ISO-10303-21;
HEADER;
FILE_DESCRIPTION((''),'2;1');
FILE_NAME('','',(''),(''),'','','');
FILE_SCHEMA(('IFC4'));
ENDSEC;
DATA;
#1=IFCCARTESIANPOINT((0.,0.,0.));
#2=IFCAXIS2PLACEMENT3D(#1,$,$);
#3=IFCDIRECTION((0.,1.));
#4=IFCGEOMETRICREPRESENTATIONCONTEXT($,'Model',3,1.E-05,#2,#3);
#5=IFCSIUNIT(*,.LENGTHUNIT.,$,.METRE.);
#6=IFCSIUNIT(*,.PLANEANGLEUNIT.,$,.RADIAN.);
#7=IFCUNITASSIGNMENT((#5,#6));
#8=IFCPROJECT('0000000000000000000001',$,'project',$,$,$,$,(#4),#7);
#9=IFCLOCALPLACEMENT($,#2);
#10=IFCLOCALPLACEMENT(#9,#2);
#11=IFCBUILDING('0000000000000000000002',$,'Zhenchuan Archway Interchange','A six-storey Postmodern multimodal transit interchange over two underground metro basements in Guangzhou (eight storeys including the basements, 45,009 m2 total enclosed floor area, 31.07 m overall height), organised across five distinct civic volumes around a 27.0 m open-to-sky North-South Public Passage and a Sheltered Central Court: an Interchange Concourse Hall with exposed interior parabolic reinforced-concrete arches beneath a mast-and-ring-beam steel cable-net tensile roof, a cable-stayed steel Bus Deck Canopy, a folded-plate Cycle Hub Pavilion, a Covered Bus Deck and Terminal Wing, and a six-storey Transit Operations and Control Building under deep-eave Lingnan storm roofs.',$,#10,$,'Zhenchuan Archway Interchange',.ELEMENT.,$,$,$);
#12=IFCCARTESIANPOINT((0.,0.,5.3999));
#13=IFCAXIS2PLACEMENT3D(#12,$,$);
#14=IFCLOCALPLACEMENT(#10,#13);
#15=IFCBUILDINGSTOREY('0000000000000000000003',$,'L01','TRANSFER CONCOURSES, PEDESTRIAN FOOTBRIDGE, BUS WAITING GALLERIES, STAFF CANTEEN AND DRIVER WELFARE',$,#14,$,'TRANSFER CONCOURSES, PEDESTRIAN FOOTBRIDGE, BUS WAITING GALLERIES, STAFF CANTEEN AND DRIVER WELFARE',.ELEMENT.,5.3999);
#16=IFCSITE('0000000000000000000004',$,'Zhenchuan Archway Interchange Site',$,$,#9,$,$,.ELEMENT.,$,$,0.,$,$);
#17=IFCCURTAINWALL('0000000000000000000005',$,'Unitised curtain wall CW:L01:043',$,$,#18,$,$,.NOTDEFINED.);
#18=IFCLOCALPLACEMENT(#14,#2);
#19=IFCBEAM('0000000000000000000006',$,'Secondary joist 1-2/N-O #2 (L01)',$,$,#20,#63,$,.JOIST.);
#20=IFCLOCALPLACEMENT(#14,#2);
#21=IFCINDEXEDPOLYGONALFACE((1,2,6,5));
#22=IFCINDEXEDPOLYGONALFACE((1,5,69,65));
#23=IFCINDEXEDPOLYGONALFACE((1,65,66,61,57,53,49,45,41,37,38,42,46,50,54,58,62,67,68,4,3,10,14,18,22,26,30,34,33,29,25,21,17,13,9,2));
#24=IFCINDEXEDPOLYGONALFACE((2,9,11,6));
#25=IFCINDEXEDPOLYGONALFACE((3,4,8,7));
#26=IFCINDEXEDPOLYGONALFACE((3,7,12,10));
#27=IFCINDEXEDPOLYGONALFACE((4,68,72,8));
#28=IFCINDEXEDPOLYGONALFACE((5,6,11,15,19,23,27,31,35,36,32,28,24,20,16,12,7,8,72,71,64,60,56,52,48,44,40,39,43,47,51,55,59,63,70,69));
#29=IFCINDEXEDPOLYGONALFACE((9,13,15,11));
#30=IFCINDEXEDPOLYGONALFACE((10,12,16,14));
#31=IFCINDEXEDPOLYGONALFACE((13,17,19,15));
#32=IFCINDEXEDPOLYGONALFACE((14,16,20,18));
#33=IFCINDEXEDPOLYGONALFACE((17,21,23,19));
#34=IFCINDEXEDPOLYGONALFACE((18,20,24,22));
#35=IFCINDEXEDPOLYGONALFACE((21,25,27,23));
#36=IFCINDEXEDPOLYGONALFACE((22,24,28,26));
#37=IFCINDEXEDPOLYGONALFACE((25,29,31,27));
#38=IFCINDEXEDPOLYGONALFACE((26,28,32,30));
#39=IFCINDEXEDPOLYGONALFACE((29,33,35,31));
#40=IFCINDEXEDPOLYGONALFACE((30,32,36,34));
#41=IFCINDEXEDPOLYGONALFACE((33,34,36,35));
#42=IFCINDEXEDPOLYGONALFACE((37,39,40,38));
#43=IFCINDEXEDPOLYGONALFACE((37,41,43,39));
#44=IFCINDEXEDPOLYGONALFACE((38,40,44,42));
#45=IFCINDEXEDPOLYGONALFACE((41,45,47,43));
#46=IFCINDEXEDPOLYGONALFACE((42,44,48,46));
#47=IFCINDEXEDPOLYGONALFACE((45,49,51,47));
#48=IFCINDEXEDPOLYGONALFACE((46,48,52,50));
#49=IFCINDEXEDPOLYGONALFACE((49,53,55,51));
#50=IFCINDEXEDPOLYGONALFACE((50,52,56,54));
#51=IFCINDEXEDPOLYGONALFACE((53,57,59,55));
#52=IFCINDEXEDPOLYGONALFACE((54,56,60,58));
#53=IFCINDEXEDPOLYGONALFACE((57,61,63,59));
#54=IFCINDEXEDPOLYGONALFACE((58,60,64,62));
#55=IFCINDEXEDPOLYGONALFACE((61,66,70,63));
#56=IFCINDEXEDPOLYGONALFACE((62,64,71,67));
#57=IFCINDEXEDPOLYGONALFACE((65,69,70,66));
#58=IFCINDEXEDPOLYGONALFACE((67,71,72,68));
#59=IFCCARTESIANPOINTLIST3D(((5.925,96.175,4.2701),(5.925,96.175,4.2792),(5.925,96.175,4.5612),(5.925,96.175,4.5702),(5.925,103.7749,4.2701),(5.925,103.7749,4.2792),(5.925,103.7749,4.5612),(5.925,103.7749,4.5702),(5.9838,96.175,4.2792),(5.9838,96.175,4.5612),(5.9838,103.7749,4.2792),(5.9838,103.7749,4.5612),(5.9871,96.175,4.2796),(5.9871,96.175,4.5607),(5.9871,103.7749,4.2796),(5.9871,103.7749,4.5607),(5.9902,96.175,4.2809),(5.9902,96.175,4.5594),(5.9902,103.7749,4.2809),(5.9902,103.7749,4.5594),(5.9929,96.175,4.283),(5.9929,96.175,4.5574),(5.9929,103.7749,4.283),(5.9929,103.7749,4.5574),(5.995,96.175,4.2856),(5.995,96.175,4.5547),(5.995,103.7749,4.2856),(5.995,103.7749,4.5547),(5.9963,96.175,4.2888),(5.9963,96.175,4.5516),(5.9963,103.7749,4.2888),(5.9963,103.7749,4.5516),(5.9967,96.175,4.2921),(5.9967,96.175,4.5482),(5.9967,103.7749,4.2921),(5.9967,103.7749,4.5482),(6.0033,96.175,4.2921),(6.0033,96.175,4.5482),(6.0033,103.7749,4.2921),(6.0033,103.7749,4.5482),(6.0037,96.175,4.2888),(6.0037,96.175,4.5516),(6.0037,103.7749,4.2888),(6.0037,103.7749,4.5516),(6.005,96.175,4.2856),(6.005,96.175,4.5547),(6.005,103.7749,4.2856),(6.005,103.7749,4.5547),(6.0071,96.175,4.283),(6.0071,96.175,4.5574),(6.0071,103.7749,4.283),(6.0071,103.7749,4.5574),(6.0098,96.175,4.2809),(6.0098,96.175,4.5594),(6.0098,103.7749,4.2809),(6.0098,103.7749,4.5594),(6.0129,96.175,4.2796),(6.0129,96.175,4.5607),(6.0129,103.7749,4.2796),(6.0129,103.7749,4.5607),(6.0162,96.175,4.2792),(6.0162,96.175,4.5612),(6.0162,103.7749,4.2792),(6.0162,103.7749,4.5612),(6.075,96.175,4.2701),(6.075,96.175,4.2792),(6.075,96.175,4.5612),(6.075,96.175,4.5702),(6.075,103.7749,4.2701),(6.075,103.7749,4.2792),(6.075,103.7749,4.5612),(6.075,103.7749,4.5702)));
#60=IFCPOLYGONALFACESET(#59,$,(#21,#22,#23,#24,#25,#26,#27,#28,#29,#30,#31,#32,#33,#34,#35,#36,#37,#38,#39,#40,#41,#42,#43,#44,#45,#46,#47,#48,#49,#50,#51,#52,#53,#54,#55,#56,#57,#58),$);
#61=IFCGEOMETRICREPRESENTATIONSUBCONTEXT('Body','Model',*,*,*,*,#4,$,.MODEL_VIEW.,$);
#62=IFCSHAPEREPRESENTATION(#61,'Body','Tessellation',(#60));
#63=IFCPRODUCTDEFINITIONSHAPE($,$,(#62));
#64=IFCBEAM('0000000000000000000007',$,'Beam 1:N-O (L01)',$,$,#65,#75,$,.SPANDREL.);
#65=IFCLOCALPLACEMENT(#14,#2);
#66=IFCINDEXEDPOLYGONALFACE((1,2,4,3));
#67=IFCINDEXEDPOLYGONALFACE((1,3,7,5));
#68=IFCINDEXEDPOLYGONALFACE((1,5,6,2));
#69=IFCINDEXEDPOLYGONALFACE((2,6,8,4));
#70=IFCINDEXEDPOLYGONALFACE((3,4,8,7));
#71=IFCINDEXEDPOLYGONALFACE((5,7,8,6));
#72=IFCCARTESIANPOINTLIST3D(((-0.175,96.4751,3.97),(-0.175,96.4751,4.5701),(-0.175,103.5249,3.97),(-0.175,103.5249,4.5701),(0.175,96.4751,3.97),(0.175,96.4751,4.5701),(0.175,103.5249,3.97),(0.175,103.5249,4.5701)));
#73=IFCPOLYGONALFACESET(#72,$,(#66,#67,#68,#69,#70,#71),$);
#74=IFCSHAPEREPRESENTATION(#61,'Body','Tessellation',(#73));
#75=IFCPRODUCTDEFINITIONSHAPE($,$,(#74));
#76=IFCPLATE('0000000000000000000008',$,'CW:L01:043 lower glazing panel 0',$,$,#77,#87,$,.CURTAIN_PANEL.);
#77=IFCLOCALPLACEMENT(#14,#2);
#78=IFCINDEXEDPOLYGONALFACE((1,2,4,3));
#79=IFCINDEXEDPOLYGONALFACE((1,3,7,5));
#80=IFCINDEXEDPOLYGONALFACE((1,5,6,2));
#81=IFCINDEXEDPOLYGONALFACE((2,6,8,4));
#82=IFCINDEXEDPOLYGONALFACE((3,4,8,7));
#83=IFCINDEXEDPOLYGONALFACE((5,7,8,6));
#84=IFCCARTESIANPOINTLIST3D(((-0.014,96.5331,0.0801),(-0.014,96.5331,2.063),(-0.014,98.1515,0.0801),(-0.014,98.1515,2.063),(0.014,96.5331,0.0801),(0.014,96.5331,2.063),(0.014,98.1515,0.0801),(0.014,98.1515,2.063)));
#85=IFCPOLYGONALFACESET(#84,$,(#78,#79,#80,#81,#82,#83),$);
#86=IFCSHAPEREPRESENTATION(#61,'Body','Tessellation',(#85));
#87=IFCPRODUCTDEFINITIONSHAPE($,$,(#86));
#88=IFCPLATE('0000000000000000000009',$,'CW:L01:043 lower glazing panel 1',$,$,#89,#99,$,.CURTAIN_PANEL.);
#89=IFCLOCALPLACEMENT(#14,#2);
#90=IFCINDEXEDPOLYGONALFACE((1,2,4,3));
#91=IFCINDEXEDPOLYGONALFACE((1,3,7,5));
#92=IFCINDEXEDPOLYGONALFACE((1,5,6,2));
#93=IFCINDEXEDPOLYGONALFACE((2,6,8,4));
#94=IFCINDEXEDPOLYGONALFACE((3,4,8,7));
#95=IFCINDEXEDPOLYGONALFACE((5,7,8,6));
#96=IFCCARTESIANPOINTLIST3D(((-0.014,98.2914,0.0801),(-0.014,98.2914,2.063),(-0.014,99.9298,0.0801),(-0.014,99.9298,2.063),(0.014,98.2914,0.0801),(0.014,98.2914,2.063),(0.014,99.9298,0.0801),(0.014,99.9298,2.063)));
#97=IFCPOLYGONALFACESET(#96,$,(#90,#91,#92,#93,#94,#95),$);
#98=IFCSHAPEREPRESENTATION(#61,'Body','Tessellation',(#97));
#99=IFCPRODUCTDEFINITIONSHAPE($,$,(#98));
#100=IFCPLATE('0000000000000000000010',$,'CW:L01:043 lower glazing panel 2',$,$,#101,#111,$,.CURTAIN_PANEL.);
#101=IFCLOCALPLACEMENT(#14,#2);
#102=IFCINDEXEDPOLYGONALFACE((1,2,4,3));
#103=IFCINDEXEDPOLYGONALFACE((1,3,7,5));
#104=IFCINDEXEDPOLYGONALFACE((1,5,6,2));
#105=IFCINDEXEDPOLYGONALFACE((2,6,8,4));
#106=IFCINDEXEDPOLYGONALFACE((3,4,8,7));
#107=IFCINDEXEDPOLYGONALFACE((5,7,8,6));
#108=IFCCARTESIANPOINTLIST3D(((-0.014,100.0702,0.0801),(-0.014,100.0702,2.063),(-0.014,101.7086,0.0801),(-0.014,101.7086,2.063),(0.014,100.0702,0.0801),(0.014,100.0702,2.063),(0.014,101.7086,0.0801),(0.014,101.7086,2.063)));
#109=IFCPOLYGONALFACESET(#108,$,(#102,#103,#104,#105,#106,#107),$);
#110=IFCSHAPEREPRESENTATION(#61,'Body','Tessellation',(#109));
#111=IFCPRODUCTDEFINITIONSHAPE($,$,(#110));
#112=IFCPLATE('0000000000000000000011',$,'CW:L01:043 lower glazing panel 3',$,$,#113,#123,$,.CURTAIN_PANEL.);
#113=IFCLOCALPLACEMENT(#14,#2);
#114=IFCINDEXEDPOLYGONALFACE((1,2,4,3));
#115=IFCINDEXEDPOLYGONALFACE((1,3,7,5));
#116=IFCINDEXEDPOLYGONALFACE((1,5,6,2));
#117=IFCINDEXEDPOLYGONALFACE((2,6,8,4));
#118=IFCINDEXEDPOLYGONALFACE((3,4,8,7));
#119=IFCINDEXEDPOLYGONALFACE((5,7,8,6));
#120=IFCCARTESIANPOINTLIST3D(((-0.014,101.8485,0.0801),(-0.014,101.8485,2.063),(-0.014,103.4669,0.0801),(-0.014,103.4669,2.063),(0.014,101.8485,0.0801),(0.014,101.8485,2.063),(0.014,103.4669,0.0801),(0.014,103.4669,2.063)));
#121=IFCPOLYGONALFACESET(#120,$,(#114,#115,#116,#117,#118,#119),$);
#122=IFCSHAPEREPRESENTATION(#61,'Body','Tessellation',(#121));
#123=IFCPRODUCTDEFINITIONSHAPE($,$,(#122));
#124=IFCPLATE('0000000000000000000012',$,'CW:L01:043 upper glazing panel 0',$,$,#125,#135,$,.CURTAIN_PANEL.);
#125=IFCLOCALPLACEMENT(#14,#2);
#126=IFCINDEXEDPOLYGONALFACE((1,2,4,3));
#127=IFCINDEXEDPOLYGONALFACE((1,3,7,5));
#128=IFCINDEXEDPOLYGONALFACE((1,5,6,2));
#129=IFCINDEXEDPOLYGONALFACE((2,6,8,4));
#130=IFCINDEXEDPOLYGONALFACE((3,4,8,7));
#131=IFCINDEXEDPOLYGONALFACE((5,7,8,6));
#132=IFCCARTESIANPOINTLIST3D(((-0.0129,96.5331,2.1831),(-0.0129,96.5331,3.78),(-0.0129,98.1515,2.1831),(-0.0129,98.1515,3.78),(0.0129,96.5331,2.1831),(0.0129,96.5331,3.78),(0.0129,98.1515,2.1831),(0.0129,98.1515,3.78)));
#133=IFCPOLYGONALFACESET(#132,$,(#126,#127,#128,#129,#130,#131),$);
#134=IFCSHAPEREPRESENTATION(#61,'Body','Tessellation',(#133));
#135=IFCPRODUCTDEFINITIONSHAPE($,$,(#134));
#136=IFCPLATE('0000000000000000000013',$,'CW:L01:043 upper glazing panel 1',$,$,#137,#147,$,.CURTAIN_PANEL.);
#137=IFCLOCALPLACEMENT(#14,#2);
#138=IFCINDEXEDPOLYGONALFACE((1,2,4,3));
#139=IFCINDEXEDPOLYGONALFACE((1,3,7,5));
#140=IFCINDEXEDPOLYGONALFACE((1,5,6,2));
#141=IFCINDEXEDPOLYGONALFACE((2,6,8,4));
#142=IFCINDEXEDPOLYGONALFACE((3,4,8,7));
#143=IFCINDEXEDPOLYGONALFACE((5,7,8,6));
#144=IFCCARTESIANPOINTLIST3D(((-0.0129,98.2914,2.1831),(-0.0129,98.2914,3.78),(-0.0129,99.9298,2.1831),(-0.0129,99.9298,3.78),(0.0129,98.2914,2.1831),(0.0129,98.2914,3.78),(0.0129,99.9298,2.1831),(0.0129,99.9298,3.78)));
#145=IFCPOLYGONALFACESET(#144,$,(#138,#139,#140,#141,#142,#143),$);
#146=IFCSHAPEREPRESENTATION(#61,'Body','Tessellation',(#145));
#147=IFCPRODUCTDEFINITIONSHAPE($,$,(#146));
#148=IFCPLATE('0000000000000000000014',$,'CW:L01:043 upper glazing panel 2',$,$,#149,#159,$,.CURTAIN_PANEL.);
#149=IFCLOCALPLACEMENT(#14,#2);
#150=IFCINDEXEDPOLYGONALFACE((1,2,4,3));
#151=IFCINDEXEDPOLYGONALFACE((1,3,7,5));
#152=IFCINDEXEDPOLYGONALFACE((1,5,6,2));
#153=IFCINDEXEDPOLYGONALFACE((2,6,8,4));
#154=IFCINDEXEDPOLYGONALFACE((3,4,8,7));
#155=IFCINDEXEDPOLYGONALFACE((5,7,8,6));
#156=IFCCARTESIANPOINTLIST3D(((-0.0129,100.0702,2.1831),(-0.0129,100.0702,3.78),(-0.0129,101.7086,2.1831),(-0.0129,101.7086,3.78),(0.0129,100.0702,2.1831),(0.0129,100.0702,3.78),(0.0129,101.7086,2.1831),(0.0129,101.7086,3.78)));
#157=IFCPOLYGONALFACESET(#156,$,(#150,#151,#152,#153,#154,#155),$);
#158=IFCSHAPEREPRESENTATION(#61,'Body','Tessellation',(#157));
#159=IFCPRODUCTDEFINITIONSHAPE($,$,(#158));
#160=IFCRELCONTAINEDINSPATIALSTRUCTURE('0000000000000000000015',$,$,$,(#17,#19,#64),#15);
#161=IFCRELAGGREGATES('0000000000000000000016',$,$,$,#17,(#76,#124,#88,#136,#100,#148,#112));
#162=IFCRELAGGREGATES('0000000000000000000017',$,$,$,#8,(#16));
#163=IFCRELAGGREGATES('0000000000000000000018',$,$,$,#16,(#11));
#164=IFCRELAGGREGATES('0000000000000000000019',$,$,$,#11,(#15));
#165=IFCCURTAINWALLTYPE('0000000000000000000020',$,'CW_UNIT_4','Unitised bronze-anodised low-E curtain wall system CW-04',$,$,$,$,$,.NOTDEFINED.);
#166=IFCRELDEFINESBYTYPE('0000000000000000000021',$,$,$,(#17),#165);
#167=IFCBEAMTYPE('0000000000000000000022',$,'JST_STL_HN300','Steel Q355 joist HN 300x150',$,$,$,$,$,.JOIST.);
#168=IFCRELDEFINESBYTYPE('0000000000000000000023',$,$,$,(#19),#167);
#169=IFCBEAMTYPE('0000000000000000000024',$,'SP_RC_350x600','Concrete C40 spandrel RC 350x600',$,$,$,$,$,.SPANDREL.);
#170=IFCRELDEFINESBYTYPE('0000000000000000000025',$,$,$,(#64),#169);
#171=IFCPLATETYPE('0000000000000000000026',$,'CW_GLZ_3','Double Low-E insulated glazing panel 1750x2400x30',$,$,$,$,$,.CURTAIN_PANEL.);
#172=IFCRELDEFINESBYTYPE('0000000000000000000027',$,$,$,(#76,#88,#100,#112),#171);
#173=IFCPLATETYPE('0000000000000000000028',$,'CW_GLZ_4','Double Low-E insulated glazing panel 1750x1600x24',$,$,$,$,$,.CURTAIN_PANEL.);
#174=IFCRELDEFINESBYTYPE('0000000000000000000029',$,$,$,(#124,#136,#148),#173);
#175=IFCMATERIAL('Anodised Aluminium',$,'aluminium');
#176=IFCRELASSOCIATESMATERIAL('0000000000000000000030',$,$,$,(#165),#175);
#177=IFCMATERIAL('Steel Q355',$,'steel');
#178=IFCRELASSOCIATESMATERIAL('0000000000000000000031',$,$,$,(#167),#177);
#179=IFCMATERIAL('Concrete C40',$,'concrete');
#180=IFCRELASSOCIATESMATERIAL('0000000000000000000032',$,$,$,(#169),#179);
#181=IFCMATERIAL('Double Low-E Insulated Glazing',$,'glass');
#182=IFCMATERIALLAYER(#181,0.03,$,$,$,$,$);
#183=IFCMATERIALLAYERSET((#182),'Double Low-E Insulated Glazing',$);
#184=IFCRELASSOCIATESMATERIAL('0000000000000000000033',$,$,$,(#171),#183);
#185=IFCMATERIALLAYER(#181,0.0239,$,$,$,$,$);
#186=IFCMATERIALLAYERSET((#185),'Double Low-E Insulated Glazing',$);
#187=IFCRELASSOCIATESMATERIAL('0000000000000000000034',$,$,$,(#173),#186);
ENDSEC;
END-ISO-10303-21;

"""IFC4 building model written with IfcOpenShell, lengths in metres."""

from ifc_helpers import new_model, si_unit, direction, frame, origin, origin_2d, place, context, subcontext, project, spatial, rectangle, i_section, extrude, material, layer, layer_set, material_profile, profile_set, type_object, element, aggregate, save


model = new_model("IFC4")

# Units and contexts
model_context = context("Model", 3, precision=1e-05, world=origin(), true_north=direction((0.0, 1.0)))
body_context = subcontext(model_context, "Body", "Model", "MODEL_VIEW")
ifc_project = project(units=[si_unit("LENGTHUNIT", "METRE"), si_unit("PLANEANGLEUNIT", "RADIAN")], contexts=[model_context])

# Site, building, storey
site_placement = place(None, origin())
site = spatial("IfcSite", under=ifc_project, at=site_placement, Name="Zhenchuan Archway Interchange Site", CompositionType="ELEMENT", RefElevation=0.0)
building_placement = place(site_placement, origin())
building = spatial("IfcBuilding", under=site, at=building_placement, Name="Zhenchuan Archway Interchange", Description="A six-storey Postmodern multimodal transit interchange over two underground metro basements in Guangzhou (eight storeys including the basements, 45,009 m2 total enclosed floor area, 31.07 m overall height), organised across five distinct civic volumes around a 27.0 m open-to-sky North-South Public Passage and a Sheltered Central Court: an Interchange Concourse Hall with exposed interior parabolic reinforced-concrete arches beneath a mast-and-ring-beam steel cable-net tensile roof, a cable-stayed steel Bus Deck Canopy, a folded-plate Cycle Hub Pavilion, a Covered Bus Deck and Terminal Wing, and a six-storey Transit Operations and Control Building under deep-eave Lingnan storm roofs.", LongName="Zhenchuan Archway Interchange", CompositionType="ELEMENT")
storey_placement = place(building_placement, frame((0.0, 0.0, 5.3999)))
storey = spatial("IfcBuildingStorey", under=building, at=storey_placement, Name="L01", Description="TRANSFER CONCOURSES, PEDESTRIAN FOOTBRIDGE, BUS WAITING GALLERIES, STAFF CANTEEN AND DRIVER WELFARE", LongName="TRANSFER CONCOURSES, PEDESTRIAN FOOTBRIDGE, BUS WAITING GALLERIES, STAFF CANTEEN AND DRIVER WELFARE", CompositionType="ELEMENT", Elevation=5.3999)

# Shared definitions
ifc_material_1 = material(Name="Concrete C40", Category="concrete")

# Curtain wall
ifc_material_2 = material(Name="Anodised Aluminium", Category="aluminium")
curtain_wall_type = type_object("IfcCurtainWallType", Name="CW_UNIT_4", Description="Unitised bronze-anodised low-E curtain wall system CW-04", PredefinedType="NOTDEFINED", material=ifc_material_2)
curtain_wall_placement = place(storey_placement, origin())
curtain_wall = element("IfcCurtainWall", 1, at=curtain_wall_placement, inside=storey, type_object=curtain_wall_type, Name="Unitised curtain wall CW:L01:043", PredefinedType="NOTDEFINED")

# Beams
ifc_material_3 = material(Name="Steel Q355", Category="steel")
ifc_material_profile_1 = material_profile(ifc_material_3, i_section(OverallWidth=0.1499, OverallDepth=0.3, WebThickness=0.0066, FlangeThickness=0.009, FilletRadius=0.0129, at=origin_2d()), Name="HN 300x150")
ifc_profile_set_1 = profile_set([ifc_material_profile_1], Name="Steel Q355")
beam_type_1 = type_object("IfcBeamType", Name="JST_STL_HN300", Description="Steel Q355 joist HN 300x150", PredefinedType="JOIST", material=ifc_profile_set_1)
for number, where, z_axis, x_axis, name in (
    (2, (6.0, 96.175, 4.4202), (0.0, 1.0, 0.0), (-1.0, 0.0, 0.0), "Secondary joist 1-2/N-O #2 (L01)"),
):
    element("IfcBeam", number, at=place(storey_placement, frame(where, z_axis=z_axis, x_axis=x_axis)), inside=storey, type_object=beam_type_1, Name=name, PredefinedType="JOIST", context=body_context, shape_type="SweptSolid", body=[
        extrude(i_section(OverallWidth=0.1499, OverallDepth=0.3, WebThickness=0.0066, FlangeThickness=0.009, FilletRadius=0.0129, at=origin_2d()), origin(), (0.0, 0.0, 1.0), 7.5999),
    ])
ifc_material_profile_2 = material_profile(ifc_material_1, rectangle(XDim=0.3501, YDim=0.6001, at=origin_2d()), Name="RC 350x600")
ifc_profile_set_2 = profile_set([ifc_material_profile_2], Name="Concrete C40")
beam_type_2 = type_object("IfcBeamType", Name="SP_RC_350x600", Description="Concrete C40 spandrel RC 350x600", PredefinedType="SPANDREL", material=ifc_profile_set_2)
beam_1_placement = place(storey_placement, frame((0.0, 96.4751, 4.27), z_axis=(0.0, 1.0, 0.0), x_axis=(-1.0, 0.0, 0.0)))
element("IfcBeam", 3, at=beam_1_placement, inside=storey, type_object=beam_type_2, Name="Beam 1:N-O (L01)", PredefinedType="SPANDREL", context=body_context, shape_type="SweptSolid", body=[
    extrude(rectangle(XDim=0.3501, YDim=0.6001, at=origin_2d()), origin(), (0.0, 0.0, 1.0), 7.0498),
])

# Plates
ifc_material_4 = material(Name="Double Low-E Insulated Glazing", Category="glass")
ifc_layer_1 = layer(ifc_material_4, 0.03)
ifc_layer_set_1 = layer_set([ifc_layer_1], Name="Double Low-E Insulated Glazing")
plate_type_1 = type_object("IfcPlateType", Name="CW_GLZ_3", Description="Double Low-E insulated glazing panel 1750x2400x30", PredefinedType="CURTAIN_PANEL", material=ifc_layer_set_1)
plate_1_placement = place(storey_placement, frame((0.0, 97.3423, 0.0801), z_axis=(0.0, 0.0, 1.0), x_axis=(0.0, 1.0, 0.0)))
plate_1 = element("IfcPlate", 4, at=plate_1_placement, type_object=plate_type_1, Name="CW:L01:043 lower glazing panel 0", PredefinedType="CURTAIN_PANEL", context=body_context, shape_type="SweptSolid", body=[
    extrude(rectangle(XDim=1.6184, YDim=0.0281, at=origin_2d()), origin(), (0.0, 0.0, 1.0), 1.9829),
])
plate_2_placement = place(storey_placement, frame((0.0, 99.1106, 0.0801), z_axis=(0.0, 0.0, 1.0), x_axis=(0.0, 1.0, 0.0)))
plate_2 = element("IfcPlate", 5, at=plate_2_placement, type_object=plate_type_1, Name="CW:L01:043 lower glazing panel 1", PredefinedType="CURTAIN_PANEL", context=body_context, shape_type="SweptSolid", body=[
    extrude(rectangle(XDim=1.6384, YDim=0.0281, at=origin_2d()), origin(), (0.0, 0.0, 1.0), 1.9829),
])
plate_3_placement = place(storey_placement, frame((0.0, 100.8894, 0.0801), z_axis=(0.0, 0.0, 1.0), x_axis=(0.0, 1.0, 0.0)))
plate_3 = element("IfcPlate", 6, at=plate_3_placement, type_object=plate_type_1, Name="CW:L01:043 lower glazing panel 2", PredefinedType="CURTAIN_PANEL", context=body_context, shape_type="SweptSolid", body=[
    extrude(rectangle(XDim=1.6384, YDim=0.0281, at=origin_2d()), origin(), (0.0, 0.0, 1.0), 1.9829),
])
plate_4_placement = place(storey_placement, frame((0.0, 102.6577, 0.0801), z_axis=(0.0, 0.0, 1.0), x_axis=(0.0, 1.0, 0.0)))
plate_4 = element("IfcPlate", 7, at=plate_4_placement, type_object=plate_type_1, Name="CW:L01:043 lower glazing panel 3", PredefinedType="CURTAIN_PANEL", context=body_context, shape_type="SweptSolid", body=[
    extrude(rectangle(XDim=1.6184, YDim=0.0281, at=origin_2d()), origin(), (0.0, 0.0, 1.0), 1.9829),
])
ifc_layer_2 = layer(ifc_material_4, 0.0239)
ifc_layer_set_2 = layer_set([ifc_layer_2], Name="Double Low-E Insulated Glazing")
plate_type_2 = type_object("IfcPlateType", Name="CW_GLZ_4", Description="Double Low-E insulated glazing panel 1750x1600x24", PredefinedType="CURTAIN_PANEL", material=ifc_layer_set_2)
plate_5_placement = place(storey_placement, frame((0.0, 97.3423, 2.1831), z_axis=(0.0, 0.0, 1.0), x_axis=(0.0, 1.0, 0.0)))
plate_5 = element("IfcPlate", 8, at=plate_5_placement, type_object=plate_type_2, Name="CW:L01:043 upper glazing panel 0", PredefinedType="CURTAIN_PANEL", context=body_context, shape_type="SweptSolid", body=[
    extrude(rectangle(XDim=1.6184, YDim=0.0259, at=origin_2d()), origin(), (0.0, 0.0, 1.0), 1.5969),
])
plate_6_placement = place(storey_placement, frame((0.0, 99.1106, 2.1831), z_axis=(0.0, 0.0, 1.0), x_axis=(0.0, 1.0, 0.0)))
plate_6 = element("IfcPlate", 9, at=plate_6_placement, type_object=plate_type_2, Name="CW:L01:043 upper glazing panel 1", PredefinedType="CURTAIN_PANEL", context=body_context, shape_type="SweptSolid", body=[
    extrude(rectangle(XDim=1.6384, YDim=0.0259, at=origin_2d()), origin(), (0.0, 0.0, 1.0), 1.5969),
])
plate_7_placement = place(storey_placement, frame((0.0, 100.8894, 2.1831), z_axis=(0.0, 0.0, 1.0), x_axis=(0.0, 1.0, 0.0)))
plate_7 = element("IfcPlate", 10, at=plate_7_placement, type_object=plate_type_2, Name="CW:L01:043 upper glazing panel 2", PredefinedType="CURTAIN_PANEL", context=body_context, shape_type="SweptSolid", body=[
    extrude(rectangle(XDim=1.6384, YDim=0.0259, at=origin_2d()), origin(), (0.0, 0.0, 1.0), 1.5969),
])
aggregate(curtain_wall, [plate_1, plate_5, plate_2, plate_6, plate_3, plate_7, plate_4])

save(model, "model.ifc")
